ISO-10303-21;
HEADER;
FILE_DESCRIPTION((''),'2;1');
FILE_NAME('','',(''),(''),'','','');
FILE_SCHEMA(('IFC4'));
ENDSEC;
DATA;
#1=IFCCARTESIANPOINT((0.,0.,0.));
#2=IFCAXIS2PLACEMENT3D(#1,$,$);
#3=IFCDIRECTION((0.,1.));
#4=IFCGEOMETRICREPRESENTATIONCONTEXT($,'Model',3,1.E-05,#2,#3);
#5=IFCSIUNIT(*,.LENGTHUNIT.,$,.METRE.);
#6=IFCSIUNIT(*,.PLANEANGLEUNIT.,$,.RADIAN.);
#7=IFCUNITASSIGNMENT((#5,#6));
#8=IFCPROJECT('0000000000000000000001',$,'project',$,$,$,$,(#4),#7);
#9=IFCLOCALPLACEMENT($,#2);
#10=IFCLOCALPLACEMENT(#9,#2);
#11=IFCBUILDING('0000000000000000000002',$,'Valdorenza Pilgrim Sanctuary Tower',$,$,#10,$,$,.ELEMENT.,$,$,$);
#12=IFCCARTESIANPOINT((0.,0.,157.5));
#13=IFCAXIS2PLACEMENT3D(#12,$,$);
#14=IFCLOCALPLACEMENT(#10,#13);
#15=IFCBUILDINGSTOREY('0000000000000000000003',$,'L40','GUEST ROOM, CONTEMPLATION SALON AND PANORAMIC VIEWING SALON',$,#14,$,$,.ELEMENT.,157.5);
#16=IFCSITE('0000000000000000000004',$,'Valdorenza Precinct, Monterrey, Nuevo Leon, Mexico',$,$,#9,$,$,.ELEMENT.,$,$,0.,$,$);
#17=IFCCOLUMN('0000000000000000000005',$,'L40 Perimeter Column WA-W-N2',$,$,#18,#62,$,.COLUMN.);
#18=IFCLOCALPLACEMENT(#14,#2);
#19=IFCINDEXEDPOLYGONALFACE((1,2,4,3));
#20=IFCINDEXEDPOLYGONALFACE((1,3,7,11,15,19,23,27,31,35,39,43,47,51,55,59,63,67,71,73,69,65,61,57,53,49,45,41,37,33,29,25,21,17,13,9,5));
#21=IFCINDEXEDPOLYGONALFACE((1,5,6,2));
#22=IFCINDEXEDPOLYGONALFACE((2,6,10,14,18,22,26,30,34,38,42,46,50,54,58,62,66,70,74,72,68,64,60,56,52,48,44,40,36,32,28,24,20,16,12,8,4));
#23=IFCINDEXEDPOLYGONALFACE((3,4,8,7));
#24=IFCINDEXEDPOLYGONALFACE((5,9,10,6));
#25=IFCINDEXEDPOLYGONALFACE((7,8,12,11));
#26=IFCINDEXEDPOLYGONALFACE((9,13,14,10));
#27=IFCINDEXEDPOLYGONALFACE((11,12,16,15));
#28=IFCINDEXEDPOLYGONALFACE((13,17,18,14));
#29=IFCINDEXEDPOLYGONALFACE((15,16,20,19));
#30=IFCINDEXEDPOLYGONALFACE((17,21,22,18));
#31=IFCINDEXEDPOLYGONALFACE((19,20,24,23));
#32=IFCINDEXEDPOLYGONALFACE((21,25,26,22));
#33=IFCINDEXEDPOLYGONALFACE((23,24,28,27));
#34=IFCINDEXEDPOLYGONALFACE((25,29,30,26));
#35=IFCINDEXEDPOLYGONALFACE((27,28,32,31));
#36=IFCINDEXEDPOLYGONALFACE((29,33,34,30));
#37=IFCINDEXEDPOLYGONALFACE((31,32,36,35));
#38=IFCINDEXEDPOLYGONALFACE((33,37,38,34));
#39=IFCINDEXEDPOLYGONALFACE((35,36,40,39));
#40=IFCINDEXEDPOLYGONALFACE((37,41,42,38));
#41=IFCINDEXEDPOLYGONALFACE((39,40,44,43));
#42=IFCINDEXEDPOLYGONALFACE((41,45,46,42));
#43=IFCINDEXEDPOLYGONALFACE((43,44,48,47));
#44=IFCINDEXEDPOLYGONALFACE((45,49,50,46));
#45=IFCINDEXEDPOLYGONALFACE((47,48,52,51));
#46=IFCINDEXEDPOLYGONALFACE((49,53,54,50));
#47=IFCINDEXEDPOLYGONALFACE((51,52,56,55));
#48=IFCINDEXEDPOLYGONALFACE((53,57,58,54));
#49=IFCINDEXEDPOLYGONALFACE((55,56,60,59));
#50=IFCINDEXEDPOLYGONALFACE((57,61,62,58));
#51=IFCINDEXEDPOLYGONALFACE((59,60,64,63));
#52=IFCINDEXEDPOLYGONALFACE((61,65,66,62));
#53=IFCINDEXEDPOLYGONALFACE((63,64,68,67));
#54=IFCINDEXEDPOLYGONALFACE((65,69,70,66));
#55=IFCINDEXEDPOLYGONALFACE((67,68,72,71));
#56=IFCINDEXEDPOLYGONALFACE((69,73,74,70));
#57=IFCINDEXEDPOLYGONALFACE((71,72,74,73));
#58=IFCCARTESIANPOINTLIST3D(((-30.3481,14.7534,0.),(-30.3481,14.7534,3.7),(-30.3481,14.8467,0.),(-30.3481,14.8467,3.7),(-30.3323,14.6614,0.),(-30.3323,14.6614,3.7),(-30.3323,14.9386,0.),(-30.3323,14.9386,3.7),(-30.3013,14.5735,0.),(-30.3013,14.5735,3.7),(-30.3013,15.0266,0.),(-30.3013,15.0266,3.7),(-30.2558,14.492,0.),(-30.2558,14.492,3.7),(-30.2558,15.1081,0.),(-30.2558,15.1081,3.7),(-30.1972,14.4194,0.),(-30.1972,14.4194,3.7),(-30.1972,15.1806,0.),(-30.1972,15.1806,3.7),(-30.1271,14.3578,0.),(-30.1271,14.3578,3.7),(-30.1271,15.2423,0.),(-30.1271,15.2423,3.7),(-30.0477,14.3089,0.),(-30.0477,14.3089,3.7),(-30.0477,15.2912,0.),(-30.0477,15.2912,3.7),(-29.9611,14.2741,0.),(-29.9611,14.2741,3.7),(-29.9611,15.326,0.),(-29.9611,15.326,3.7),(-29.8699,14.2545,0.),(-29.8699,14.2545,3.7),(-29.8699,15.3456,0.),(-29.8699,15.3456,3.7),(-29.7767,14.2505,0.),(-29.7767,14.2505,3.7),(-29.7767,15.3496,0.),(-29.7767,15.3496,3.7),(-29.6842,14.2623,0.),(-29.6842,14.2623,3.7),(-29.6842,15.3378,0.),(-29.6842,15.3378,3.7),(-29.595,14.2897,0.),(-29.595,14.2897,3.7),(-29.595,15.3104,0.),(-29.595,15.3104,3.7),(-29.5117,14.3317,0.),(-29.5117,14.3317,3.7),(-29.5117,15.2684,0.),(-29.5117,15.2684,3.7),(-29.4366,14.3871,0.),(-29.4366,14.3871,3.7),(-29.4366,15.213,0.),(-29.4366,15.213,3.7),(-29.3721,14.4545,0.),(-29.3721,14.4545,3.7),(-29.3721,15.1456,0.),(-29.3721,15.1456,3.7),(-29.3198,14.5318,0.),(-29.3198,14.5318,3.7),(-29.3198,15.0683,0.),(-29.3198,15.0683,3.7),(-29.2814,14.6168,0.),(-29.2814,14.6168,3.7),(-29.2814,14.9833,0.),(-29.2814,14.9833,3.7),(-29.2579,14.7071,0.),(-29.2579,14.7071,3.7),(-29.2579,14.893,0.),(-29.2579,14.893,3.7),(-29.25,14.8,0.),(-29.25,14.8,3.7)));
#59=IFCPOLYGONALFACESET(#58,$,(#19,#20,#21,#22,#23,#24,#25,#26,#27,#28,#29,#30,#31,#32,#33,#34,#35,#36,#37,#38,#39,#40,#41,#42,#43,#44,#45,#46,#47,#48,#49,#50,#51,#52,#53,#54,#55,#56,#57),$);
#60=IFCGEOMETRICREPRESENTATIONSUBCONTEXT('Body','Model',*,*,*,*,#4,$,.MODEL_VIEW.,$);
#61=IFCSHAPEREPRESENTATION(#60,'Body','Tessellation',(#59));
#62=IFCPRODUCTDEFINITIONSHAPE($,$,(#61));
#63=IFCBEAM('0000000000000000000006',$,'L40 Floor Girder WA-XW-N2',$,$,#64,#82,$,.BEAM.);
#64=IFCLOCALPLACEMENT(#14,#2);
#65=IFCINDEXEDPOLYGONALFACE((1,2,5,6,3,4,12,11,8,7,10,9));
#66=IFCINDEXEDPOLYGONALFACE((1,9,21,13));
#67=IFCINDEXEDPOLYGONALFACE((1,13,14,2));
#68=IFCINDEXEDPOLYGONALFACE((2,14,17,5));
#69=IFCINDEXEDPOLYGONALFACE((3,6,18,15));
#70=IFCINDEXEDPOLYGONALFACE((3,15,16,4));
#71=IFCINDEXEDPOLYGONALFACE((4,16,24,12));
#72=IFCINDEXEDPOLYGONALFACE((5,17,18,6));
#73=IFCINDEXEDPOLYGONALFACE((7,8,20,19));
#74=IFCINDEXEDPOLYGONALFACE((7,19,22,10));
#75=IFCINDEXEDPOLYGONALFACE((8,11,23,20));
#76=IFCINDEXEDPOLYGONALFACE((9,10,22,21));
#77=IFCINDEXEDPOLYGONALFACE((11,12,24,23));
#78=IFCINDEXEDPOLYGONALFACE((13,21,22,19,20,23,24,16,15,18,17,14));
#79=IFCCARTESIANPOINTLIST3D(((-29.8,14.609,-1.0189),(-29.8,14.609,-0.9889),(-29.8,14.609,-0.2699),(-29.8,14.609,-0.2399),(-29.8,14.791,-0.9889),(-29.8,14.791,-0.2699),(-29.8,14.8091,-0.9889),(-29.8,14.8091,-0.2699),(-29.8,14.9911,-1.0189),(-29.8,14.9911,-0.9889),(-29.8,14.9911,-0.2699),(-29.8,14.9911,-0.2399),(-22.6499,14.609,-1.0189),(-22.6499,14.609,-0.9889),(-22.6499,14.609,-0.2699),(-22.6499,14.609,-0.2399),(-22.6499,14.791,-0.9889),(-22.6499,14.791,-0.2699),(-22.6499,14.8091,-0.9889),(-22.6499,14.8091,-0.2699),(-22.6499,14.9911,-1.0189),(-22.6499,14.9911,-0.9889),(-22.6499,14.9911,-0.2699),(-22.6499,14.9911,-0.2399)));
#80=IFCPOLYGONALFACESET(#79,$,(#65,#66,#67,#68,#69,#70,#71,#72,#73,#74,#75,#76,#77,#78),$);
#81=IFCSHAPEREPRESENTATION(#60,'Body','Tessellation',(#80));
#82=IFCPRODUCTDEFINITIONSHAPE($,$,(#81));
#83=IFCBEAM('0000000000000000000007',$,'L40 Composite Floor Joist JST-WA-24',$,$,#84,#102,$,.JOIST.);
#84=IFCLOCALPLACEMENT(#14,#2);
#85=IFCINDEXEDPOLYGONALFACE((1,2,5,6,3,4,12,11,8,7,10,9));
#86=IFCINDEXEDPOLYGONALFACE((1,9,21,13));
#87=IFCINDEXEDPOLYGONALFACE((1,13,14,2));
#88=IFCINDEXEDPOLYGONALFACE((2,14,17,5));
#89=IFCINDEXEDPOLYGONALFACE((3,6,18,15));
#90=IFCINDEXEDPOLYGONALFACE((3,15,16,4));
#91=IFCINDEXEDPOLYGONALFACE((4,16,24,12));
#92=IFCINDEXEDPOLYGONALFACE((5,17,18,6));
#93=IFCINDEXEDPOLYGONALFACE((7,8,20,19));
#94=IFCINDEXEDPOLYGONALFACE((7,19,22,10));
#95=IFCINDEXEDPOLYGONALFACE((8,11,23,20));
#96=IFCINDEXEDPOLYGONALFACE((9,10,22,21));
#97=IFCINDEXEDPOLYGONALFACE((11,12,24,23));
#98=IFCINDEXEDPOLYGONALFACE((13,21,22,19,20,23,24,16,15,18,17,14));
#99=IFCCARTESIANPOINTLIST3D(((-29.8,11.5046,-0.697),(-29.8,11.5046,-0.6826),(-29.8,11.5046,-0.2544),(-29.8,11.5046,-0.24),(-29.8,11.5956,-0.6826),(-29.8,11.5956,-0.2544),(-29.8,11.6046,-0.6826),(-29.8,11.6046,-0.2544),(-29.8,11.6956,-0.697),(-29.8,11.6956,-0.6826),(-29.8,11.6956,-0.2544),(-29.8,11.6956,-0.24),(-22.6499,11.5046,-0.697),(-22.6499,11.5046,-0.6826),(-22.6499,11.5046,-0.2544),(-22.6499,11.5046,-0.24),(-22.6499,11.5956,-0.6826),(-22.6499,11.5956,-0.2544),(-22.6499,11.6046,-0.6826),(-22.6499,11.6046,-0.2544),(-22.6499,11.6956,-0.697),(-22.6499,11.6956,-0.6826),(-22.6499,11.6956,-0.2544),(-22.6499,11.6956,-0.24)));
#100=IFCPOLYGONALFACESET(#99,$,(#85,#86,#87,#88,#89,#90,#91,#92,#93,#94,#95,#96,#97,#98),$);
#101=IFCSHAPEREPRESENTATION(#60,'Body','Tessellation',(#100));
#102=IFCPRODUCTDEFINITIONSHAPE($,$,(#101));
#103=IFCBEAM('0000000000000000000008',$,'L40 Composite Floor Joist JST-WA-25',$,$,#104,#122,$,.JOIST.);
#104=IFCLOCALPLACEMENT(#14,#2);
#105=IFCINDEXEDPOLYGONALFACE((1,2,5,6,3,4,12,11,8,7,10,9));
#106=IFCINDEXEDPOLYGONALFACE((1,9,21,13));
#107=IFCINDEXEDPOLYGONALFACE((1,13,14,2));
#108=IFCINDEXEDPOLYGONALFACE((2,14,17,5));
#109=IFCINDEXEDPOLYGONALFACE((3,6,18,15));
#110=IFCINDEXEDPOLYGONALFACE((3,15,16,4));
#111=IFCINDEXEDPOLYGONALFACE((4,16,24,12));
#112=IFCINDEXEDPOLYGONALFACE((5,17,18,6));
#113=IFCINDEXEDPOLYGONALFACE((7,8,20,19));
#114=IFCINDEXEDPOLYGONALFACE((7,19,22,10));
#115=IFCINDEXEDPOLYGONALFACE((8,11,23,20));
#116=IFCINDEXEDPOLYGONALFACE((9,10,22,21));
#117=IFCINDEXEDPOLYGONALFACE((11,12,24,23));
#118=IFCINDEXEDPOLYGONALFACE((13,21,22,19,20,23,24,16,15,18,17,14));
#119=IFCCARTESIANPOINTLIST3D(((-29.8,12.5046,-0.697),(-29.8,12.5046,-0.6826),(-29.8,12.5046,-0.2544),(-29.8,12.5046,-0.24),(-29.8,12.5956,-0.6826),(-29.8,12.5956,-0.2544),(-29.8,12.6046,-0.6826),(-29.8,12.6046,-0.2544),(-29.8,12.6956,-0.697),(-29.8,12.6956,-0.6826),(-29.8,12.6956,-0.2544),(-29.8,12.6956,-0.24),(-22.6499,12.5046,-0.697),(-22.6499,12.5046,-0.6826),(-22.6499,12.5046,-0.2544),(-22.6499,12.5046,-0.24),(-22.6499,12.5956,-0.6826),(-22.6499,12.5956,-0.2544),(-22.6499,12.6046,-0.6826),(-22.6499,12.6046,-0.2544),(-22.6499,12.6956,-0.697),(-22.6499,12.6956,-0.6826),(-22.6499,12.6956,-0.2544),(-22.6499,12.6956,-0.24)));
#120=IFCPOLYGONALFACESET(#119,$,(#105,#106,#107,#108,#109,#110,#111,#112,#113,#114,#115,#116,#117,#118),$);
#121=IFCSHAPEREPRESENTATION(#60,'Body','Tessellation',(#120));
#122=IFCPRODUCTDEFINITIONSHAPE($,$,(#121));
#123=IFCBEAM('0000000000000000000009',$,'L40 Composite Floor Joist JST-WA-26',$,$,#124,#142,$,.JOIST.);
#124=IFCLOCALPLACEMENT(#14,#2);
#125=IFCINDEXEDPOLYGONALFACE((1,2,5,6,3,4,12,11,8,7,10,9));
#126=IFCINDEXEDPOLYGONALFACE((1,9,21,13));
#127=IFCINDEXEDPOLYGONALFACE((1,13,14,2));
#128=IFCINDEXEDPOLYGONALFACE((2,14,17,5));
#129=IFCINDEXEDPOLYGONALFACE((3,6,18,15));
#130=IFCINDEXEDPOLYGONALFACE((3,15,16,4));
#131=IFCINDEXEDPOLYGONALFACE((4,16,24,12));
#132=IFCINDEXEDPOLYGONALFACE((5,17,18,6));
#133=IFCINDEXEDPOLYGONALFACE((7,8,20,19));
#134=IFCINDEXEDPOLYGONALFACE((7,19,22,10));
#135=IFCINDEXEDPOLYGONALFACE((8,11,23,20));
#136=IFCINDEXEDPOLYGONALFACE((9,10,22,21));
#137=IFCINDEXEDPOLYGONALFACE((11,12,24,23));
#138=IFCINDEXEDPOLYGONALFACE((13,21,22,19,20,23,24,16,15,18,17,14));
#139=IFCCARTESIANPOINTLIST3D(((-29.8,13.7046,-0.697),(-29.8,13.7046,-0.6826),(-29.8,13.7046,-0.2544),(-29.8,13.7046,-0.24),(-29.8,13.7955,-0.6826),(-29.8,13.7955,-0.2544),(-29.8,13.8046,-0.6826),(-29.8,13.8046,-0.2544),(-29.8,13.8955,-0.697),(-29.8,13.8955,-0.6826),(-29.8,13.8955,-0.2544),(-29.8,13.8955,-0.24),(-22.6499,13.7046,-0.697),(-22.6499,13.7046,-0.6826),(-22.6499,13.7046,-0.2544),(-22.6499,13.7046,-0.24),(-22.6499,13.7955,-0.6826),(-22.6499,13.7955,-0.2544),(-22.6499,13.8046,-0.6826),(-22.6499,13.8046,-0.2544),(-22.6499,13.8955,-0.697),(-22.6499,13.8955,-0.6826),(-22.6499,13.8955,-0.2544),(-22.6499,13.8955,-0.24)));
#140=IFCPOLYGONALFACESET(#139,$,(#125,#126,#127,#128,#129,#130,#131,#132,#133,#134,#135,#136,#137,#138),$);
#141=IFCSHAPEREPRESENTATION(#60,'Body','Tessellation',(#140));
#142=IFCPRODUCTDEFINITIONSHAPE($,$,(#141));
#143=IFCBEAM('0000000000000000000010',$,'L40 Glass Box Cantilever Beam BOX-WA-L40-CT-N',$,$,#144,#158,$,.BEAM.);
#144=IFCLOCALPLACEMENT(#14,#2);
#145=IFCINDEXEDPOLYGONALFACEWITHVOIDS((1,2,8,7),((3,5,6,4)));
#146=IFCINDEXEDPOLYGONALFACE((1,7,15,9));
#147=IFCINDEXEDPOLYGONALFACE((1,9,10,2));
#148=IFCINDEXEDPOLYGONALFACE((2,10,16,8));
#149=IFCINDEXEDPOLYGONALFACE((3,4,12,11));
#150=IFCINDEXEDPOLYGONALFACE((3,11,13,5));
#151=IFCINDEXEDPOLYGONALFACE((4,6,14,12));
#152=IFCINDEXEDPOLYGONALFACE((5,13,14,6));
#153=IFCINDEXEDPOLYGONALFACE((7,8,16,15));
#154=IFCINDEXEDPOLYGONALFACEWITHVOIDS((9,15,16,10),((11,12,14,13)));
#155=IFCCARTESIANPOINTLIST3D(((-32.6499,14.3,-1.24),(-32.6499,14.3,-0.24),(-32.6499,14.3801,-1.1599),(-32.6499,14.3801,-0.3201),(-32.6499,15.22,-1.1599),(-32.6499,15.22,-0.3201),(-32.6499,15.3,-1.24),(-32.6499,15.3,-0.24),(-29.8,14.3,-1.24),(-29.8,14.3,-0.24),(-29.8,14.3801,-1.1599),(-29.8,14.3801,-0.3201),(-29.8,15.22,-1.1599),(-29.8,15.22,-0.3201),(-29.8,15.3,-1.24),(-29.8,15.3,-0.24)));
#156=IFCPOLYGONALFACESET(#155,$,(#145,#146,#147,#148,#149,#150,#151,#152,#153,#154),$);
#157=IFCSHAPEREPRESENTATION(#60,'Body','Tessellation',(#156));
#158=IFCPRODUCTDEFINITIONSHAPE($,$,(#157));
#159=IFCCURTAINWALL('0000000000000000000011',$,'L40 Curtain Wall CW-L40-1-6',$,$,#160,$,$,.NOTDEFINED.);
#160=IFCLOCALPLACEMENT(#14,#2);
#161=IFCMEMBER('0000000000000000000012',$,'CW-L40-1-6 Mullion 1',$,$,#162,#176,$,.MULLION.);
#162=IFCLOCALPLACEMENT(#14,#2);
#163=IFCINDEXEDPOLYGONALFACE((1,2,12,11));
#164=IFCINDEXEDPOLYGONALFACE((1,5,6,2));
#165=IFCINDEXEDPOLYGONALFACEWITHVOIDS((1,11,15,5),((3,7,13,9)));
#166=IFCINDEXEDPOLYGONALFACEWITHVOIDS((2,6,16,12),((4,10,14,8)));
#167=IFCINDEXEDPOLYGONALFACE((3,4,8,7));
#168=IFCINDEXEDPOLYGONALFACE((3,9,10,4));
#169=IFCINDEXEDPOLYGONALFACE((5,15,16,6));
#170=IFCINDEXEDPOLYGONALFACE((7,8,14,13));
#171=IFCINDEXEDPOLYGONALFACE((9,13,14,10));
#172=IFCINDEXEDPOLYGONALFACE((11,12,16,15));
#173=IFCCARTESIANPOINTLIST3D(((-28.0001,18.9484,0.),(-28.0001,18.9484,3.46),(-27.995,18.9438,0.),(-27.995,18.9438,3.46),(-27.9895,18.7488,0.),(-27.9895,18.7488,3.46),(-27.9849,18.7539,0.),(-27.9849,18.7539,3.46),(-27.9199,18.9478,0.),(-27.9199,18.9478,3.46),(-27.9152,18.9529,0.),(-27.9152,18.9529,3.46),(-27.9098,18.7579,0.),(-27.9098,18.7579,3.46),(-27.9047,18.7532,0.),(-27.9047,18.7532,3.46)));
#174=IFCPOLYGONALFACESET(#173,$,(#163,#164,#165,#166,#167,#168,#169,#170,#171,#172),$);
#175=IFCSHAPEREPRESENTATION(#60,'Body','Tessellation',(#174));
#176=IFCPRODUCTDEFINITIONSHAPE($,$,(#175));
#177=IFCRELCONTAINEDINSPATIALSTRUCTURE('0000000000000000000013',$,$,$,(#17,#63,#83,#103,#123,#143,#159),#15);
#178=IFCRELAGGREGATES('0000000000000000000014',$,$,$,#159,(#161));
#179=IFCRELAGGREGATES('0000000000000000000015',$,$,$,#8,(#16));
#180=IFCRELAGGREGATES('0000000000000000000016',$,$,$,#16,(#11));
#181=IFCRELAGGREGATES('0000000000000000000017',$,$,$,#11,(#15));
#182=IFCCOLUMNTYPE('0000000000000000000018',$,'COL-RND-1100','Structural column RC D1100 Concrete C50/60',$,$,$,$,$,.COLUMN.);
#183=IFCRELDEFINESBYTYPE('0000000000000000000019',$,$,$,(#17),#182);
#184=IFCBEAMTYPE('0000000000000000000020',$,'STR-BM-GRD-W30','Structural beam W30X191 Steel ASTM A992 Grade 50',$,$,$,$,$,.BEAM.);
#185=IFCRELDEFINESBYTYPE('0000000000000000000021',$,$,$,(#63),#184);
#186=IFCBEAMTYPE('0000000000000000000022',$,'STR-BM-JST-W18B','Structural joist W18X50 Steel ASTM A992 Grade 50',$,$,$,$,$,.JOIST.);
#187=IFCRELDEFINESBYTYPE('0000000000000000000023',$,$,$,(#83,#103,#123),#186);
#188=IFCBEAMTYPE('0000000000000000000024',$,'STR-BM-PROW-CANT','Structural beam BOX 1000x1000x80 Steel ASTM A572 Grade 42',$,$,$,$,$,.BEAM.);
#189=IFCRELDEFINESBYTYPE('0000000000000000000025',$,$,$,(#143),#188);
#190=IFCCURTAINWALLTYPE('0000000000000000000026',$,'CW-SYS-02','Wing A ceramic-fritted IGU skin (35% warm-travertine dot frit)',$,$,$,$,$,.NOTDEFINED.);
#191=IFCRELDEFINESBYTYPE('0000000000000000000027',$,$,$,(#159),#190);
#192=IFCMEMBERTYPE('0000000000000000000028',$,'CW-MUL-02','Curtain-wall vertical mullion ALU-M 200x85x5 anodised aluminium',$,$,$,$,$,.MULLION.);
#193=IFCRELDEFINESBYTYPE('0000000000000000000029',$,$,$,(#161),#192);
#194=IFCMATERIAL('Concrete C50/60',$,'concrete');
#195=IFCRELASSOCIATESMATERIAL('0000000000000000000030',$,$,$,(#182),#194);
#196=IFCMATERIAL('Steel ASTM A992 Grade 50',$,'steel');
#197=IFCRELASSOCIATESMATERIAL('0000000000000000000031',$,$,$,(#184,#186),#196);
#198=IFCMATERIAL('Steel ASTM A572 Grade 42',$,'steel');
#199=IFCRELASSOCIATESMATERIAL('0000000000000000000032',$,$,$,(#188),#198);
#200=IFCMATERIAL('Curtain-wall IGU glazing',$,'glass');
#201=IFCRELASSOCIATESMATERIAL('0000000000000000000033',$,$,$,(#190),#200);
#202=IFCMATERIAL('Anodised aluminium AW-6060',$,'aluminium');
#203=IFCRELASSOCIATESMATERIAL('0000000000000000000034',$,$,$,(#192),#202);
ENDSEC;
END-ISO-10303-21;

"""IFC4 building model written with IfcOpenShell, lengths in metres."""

from ifc_helpers import new_model, si_unit, direction, frame, origin, origin_2d, place, context, subcontext, project, spatial, hollow_rectangle, circle, i_section, extrude, source, transform, mapped, material, material_profile, profile_set, type_object, element, aggregate, save


model = new_model("IFC4")

# Units and contexts
model_context = context("Model", 3, precision=1e-05, world=origin(), true_north=direction((0.0, 1.0)))
body_context = subcontext(model_context, "Body", "Model", "MODEL_VIEW")
ifc_project = project(units=[si_unit("LENGTHUNIT", "METRE"), si_unit("PLANEANGLEUNIT", "RADIAN")], contexts=[model_context])

# Site, building, storey
site_placement = place(None, origin())
site = spatial("IfcSite", under=ifc_project, at=site_placement, Name="Valdorenza Precinct, Monterrey, Nuevo Leon, Mexico", CompositionType="ELEMENT", RefElevation=0.0)
building_placement = place(site_placement, origin())
building = spatial("IfcBuilding", under=site, at=building_placement, Name="Valdorenza Pilgrim Sanctuary Tower", CompositionType="ELEMENT")
storey_placement = place(building_placement, frame((0.0, 0.0, 157.5)))
storey = spatial("IfcBuildingStorey", under=building, at=storey_placement, Name="L40", Description="GUEST ROOM, CONTEMPLATION SALON AND PANORAMIC VIEWING SALON", CompositionType="ELEMENT", Elevation=157.5)

# Column
ifc_material_1 = material(Name="Concrete C50/60", Category="concrete")
ifc_material_profile_1 = material_profile(ifc_material_1, circle(Radius=0.55, at=origin_2d()), Name="RC D1100")
ifc_profile_set_1 = profile_set([ifc_material_profile_1], Name="Concrete C50/60")
column_type = type_object("IfcColumnType", Name="COL-RND-1100", Description="Structural column RC D1100 Concrete C50/60", PredefinedType="COLUMN", material=ifc_profile_set_1)
shared_shape_1 = source(origin(), body_context, "Body", "SweptSolid", [
    extrude(circle(Radius=0.55, at=origin_2d()), origin(), (0.0, 0.0, 1.0), 3.7),
])
column_placement = place(storey_placement, frame((-29.8, 14.8, 0.0), z_axis=(0.0, 0.0, 1.0), x_axis=(1.0, 0.0, 0.0)))
element("IfcColumn", 1, at=column_placement, inside=storey, type_object=column_type, Name="L40 Perimeter Column WA-W-N2", PredefinedType="COLUMN", context=body_context, shape_type="MappedRepresentation", body=[
    mapped(shared_shape_1, transform((0.0, 0.0, 0.0), x_axis=(1.0, 0.0, 0.0), y_axis=(0.0, 1.0, 0.0), z_axis=(0.0, 0.0, 1.0), scale=1.0)),
])

# Beams
ifc_material_2 = material(Name="Steel ASTM A992 Grade 50", Category="steel")
ifc_material_profile_2 = material_profile(ifc_material_2, i_section(OverallWidth=0.3821, OverallDepth=0.7791, WebThickness=0.0181, FlangeThickness=0.03, at=origin_2d()), Name="W30X191")
ifc_profile_set_2 = profile_set([ifc_material_profile_2], Name="Steel ASTM A992 Grade 50")
beam_type_1 = type_object("IfcBeamType", Name="STR-BM-GRD-W30", Description="Structural beam W30X191 Steel ASTM A992 Grade 50", PredefinedType="BEAM", material=ifc_profile_set_2)
shared_shape_2 = source(origin(), body_context, "Body", "SweptSolid", [
    extrude(i_section(OverallWidth=0.3821, OverallDepth=0.7791, WebThickness=0.0181, FlangeThickness=0.03, at=origin_2d()), origin(), (0.0, 0.0, 1.0), 7.1501),
])
beam_1_placement = place(storey_placement, frame((-29.8, 14.8, -0.6294), z_axis=(1.0, 0.0, 0.0), x_axis=(0.0, 1.0, 0.0)))
element("IfcBeam", 2, at=beam_1_placement, inside=storey, type_object=beam_type_1, Name="L40 Floor Girder WA-XW-N2", PredefinedType="BEAM", context=body_context, shape_type="MappedRepresentation", body=[
    mapped(shared_shape_2, transform((0.0, 0.0, 0.0), x_axis=(1.0, 0.0, 0.0), y_axis=(0.0, 1.0, 0.0), z_axis=(0.0, 0.0, 1.0), scale=1.0)),
])
ifc_material_profile_3 = material_profile(ifc_material_2, i_section(OverallWidth=0.1909, OverallDepth=0.457, WebThickness=0.009, FlangeThickness=0.0144, at=origin_2d()), Name="W18X50")
ifc_profile_set_3 = profile_set([ifc_material_profile_3], Name="Steel ASTM A992 Grade 50")
beam_type_2 = type_object("IfcBeamType", Name="STR-BM-JST-W18B", Description="Structural joist W18X50 Steel ASTM A992 Grade 50", PredefinedType="JOIST", material=ifc_profile_set_3)
shared_shape_3 = source(origin(), body_context, "Body", "SweptSolid", [
    extrude(i_section(OverallWidth=0.1909, OverallDepth=0.457, WebThickness=0.009, FlangeThickness=0.0144, at=origin_2d()), origin(), (0.0, 0.0, 1.0), 7.1501),
])
for number, where, z_axis, x_axis, name in (
    (3, (-29.8, 11.6001, -0.4685), (1.0, 0.0, 0.0), (0.0, 1.0, 0.0), "L40 Composite Floor Joist JST-WA-24"),
    (4, (-29.8, 12.6001, -0.4685), (1.0, 0.0, 0.0), (0.0, 1.0, 0.0), "L40 Composite Floor Joist JST-WA-25"),
    (5, (-29.8, 13.8, -0.4685), (1.0, 0.0, 0.0), (0.0, 1.0, 0.0), "L40 Composite Floor Joist JST-WA-26"),
):
    element("IfcBeam", number, at=place(storey_placement, frame(where, z_axis=z_axis, x_axis=x_axis)), inside=storey, type_object=beam_type_2, Name=name, PredefinedType="JOIST", context=body_context, shape_type="MappedRepresentation", body=[
        mapped(shared_shape_3, transform((0.0, 0.0, 0.0), x_axis=(1.0, 0.0, 0.0), y_axis=(0.0, 1.0, 0.0), z_axis=(0.0, 0.0, 1.0), scale=1.0)),
    ])
ifc_material_3 = material(Name="Steel ASTM A572 Grade 42", Category="steel")
ifc_material_profile_4 = material_profile(ifc_material_3, hollow_rectangle(XDim=1.0, YDim=1.0, WallThickness=0.0801, at=origin_2d()), Name="BOX 1000x1000x80")
ifc_profile_set_4 = profile_set([ifc_material_profile_4], Name="Steel ASTM A572 Grade 42")
beam_type_3 = type_object("IfcBeamType", Name="STR-BM-PROW-CANT", Description="Structural beam BOX 1000x1000x80 Steel ASTM A572 Grade 42", PredefinedType="BEAM", material=ifc_profile_set_4)
shared_shape_4 = source(origin(), body_context, "Body", "SweptSolid", [
    extrude(hollow_rectangle(XDim=1.0, YDim=1.0, WallThickness=0.0801, at=origin_2d()), origin(), (0.0, 0.0, 1.0), 2.8499),
])
beam_2_placement = place(storey_placement, frame((-29.8, 14.8, -0.74), z_axis=(-1.0, 0.0, 0.0), x_axis=(0.0, -1.0, 0.0)))
element("IfcBeam", 6, at=beam_2_placement, inside=storey, type_object=beam_type_3, Name="L40 Glass Box Cantilever Beam BOX-WA-L40-CT-N", PredefinedType="BEAM", context=body_context, shape_type="MappedRepresentation", body=[
    mapped(shared_shape_4, transform((0.0, 0.0, 0.0), x_axis=(1.0, 0.0, 0.0), y_axis=(0.0, 1.0, 0.0), z_axis=(0.0, 0.0, 1.0), scale=1.0)),
])

# Curtain wall, member
ifc_material_4 = material(Name="Curtain-wall IGU glazing", Category="glass")
curtain_wall_type = type_object("IfcCurtainWallType", Name="CW-SYS-02", Description="Wing A ceramic-fritted IGU skin (35% warm-travertine dot frit)", PredefinedType="NOTDEFINED", material=ifc_material_4)
curtain_wall_1_placement = place(storey_placement, origin())
curtain_wall_1 = element("IfcCurtainWall", 7, at=curtain_wall_1_placement, inside=storey, type_object=curtain_wall_type, Name="L40 Curtain Wall CW-L40-1-6", PredefinedType="NOTDEFINED")
ifc_material_5 = material(Name="Anodised aluminium AW-6060", Category="aluminium")
ifc_material_profile_5 = material_profile(ifc_material_5, hollow_rectangle(XDim=0.085, YDim=0.2, WallThickness=0.0049, at=origin_2d()), Name="ALU-M 200x85x5")
ifc_profile_set_5 = profile_set([ifc_material_profile_5], Name="Anodised aluminium AW-6060")
member_type_1 = type_object("IfcMemberType", Name="CW-MUL-02", Description="Curtain-wall vertical mullion ALU-M 200x85x5 anodised aluminium", PredefinedType="MULLION", material=ifc_profile_set_5)
shared_shape_5 = source(origin(), body_context, "Body", "SweptSolid", [
    extrude(hollow_rectangle(XDim=0.085, YDim=0.2, WallThickness=0.0049, at=origin_2d()), origin(), (0.0, 0.0, 1.0), 3.46),
])
member_1_placement = place(storey_placement, frame((-27.9524, 18.8508, 0.0), z_axis=(0.0, 0.0, 1.0), x_axis=(0.998608, 0.052754, 0.0)))
member_1 = element("IfcMember", 8, at=member_1_placement, type_object=member_type_1, Name="CW-L40-1-6 Mullion 1", PredefinedType="MULLION", context=body_context, shape_type="MappedRepresentation", body=[
    mapped(shared_shape_5, transform((0.0, 0.0, 0.0), x_axis=(1.0, 0.0, 0.0), y_axis=(0.0, 1.0, 0.0), z_axis=(0.0, 0.0, 1.0), scale=1.0)),
])

aggregate(curtain_wall_1, [member_1])

save(model, "model.ifc")
